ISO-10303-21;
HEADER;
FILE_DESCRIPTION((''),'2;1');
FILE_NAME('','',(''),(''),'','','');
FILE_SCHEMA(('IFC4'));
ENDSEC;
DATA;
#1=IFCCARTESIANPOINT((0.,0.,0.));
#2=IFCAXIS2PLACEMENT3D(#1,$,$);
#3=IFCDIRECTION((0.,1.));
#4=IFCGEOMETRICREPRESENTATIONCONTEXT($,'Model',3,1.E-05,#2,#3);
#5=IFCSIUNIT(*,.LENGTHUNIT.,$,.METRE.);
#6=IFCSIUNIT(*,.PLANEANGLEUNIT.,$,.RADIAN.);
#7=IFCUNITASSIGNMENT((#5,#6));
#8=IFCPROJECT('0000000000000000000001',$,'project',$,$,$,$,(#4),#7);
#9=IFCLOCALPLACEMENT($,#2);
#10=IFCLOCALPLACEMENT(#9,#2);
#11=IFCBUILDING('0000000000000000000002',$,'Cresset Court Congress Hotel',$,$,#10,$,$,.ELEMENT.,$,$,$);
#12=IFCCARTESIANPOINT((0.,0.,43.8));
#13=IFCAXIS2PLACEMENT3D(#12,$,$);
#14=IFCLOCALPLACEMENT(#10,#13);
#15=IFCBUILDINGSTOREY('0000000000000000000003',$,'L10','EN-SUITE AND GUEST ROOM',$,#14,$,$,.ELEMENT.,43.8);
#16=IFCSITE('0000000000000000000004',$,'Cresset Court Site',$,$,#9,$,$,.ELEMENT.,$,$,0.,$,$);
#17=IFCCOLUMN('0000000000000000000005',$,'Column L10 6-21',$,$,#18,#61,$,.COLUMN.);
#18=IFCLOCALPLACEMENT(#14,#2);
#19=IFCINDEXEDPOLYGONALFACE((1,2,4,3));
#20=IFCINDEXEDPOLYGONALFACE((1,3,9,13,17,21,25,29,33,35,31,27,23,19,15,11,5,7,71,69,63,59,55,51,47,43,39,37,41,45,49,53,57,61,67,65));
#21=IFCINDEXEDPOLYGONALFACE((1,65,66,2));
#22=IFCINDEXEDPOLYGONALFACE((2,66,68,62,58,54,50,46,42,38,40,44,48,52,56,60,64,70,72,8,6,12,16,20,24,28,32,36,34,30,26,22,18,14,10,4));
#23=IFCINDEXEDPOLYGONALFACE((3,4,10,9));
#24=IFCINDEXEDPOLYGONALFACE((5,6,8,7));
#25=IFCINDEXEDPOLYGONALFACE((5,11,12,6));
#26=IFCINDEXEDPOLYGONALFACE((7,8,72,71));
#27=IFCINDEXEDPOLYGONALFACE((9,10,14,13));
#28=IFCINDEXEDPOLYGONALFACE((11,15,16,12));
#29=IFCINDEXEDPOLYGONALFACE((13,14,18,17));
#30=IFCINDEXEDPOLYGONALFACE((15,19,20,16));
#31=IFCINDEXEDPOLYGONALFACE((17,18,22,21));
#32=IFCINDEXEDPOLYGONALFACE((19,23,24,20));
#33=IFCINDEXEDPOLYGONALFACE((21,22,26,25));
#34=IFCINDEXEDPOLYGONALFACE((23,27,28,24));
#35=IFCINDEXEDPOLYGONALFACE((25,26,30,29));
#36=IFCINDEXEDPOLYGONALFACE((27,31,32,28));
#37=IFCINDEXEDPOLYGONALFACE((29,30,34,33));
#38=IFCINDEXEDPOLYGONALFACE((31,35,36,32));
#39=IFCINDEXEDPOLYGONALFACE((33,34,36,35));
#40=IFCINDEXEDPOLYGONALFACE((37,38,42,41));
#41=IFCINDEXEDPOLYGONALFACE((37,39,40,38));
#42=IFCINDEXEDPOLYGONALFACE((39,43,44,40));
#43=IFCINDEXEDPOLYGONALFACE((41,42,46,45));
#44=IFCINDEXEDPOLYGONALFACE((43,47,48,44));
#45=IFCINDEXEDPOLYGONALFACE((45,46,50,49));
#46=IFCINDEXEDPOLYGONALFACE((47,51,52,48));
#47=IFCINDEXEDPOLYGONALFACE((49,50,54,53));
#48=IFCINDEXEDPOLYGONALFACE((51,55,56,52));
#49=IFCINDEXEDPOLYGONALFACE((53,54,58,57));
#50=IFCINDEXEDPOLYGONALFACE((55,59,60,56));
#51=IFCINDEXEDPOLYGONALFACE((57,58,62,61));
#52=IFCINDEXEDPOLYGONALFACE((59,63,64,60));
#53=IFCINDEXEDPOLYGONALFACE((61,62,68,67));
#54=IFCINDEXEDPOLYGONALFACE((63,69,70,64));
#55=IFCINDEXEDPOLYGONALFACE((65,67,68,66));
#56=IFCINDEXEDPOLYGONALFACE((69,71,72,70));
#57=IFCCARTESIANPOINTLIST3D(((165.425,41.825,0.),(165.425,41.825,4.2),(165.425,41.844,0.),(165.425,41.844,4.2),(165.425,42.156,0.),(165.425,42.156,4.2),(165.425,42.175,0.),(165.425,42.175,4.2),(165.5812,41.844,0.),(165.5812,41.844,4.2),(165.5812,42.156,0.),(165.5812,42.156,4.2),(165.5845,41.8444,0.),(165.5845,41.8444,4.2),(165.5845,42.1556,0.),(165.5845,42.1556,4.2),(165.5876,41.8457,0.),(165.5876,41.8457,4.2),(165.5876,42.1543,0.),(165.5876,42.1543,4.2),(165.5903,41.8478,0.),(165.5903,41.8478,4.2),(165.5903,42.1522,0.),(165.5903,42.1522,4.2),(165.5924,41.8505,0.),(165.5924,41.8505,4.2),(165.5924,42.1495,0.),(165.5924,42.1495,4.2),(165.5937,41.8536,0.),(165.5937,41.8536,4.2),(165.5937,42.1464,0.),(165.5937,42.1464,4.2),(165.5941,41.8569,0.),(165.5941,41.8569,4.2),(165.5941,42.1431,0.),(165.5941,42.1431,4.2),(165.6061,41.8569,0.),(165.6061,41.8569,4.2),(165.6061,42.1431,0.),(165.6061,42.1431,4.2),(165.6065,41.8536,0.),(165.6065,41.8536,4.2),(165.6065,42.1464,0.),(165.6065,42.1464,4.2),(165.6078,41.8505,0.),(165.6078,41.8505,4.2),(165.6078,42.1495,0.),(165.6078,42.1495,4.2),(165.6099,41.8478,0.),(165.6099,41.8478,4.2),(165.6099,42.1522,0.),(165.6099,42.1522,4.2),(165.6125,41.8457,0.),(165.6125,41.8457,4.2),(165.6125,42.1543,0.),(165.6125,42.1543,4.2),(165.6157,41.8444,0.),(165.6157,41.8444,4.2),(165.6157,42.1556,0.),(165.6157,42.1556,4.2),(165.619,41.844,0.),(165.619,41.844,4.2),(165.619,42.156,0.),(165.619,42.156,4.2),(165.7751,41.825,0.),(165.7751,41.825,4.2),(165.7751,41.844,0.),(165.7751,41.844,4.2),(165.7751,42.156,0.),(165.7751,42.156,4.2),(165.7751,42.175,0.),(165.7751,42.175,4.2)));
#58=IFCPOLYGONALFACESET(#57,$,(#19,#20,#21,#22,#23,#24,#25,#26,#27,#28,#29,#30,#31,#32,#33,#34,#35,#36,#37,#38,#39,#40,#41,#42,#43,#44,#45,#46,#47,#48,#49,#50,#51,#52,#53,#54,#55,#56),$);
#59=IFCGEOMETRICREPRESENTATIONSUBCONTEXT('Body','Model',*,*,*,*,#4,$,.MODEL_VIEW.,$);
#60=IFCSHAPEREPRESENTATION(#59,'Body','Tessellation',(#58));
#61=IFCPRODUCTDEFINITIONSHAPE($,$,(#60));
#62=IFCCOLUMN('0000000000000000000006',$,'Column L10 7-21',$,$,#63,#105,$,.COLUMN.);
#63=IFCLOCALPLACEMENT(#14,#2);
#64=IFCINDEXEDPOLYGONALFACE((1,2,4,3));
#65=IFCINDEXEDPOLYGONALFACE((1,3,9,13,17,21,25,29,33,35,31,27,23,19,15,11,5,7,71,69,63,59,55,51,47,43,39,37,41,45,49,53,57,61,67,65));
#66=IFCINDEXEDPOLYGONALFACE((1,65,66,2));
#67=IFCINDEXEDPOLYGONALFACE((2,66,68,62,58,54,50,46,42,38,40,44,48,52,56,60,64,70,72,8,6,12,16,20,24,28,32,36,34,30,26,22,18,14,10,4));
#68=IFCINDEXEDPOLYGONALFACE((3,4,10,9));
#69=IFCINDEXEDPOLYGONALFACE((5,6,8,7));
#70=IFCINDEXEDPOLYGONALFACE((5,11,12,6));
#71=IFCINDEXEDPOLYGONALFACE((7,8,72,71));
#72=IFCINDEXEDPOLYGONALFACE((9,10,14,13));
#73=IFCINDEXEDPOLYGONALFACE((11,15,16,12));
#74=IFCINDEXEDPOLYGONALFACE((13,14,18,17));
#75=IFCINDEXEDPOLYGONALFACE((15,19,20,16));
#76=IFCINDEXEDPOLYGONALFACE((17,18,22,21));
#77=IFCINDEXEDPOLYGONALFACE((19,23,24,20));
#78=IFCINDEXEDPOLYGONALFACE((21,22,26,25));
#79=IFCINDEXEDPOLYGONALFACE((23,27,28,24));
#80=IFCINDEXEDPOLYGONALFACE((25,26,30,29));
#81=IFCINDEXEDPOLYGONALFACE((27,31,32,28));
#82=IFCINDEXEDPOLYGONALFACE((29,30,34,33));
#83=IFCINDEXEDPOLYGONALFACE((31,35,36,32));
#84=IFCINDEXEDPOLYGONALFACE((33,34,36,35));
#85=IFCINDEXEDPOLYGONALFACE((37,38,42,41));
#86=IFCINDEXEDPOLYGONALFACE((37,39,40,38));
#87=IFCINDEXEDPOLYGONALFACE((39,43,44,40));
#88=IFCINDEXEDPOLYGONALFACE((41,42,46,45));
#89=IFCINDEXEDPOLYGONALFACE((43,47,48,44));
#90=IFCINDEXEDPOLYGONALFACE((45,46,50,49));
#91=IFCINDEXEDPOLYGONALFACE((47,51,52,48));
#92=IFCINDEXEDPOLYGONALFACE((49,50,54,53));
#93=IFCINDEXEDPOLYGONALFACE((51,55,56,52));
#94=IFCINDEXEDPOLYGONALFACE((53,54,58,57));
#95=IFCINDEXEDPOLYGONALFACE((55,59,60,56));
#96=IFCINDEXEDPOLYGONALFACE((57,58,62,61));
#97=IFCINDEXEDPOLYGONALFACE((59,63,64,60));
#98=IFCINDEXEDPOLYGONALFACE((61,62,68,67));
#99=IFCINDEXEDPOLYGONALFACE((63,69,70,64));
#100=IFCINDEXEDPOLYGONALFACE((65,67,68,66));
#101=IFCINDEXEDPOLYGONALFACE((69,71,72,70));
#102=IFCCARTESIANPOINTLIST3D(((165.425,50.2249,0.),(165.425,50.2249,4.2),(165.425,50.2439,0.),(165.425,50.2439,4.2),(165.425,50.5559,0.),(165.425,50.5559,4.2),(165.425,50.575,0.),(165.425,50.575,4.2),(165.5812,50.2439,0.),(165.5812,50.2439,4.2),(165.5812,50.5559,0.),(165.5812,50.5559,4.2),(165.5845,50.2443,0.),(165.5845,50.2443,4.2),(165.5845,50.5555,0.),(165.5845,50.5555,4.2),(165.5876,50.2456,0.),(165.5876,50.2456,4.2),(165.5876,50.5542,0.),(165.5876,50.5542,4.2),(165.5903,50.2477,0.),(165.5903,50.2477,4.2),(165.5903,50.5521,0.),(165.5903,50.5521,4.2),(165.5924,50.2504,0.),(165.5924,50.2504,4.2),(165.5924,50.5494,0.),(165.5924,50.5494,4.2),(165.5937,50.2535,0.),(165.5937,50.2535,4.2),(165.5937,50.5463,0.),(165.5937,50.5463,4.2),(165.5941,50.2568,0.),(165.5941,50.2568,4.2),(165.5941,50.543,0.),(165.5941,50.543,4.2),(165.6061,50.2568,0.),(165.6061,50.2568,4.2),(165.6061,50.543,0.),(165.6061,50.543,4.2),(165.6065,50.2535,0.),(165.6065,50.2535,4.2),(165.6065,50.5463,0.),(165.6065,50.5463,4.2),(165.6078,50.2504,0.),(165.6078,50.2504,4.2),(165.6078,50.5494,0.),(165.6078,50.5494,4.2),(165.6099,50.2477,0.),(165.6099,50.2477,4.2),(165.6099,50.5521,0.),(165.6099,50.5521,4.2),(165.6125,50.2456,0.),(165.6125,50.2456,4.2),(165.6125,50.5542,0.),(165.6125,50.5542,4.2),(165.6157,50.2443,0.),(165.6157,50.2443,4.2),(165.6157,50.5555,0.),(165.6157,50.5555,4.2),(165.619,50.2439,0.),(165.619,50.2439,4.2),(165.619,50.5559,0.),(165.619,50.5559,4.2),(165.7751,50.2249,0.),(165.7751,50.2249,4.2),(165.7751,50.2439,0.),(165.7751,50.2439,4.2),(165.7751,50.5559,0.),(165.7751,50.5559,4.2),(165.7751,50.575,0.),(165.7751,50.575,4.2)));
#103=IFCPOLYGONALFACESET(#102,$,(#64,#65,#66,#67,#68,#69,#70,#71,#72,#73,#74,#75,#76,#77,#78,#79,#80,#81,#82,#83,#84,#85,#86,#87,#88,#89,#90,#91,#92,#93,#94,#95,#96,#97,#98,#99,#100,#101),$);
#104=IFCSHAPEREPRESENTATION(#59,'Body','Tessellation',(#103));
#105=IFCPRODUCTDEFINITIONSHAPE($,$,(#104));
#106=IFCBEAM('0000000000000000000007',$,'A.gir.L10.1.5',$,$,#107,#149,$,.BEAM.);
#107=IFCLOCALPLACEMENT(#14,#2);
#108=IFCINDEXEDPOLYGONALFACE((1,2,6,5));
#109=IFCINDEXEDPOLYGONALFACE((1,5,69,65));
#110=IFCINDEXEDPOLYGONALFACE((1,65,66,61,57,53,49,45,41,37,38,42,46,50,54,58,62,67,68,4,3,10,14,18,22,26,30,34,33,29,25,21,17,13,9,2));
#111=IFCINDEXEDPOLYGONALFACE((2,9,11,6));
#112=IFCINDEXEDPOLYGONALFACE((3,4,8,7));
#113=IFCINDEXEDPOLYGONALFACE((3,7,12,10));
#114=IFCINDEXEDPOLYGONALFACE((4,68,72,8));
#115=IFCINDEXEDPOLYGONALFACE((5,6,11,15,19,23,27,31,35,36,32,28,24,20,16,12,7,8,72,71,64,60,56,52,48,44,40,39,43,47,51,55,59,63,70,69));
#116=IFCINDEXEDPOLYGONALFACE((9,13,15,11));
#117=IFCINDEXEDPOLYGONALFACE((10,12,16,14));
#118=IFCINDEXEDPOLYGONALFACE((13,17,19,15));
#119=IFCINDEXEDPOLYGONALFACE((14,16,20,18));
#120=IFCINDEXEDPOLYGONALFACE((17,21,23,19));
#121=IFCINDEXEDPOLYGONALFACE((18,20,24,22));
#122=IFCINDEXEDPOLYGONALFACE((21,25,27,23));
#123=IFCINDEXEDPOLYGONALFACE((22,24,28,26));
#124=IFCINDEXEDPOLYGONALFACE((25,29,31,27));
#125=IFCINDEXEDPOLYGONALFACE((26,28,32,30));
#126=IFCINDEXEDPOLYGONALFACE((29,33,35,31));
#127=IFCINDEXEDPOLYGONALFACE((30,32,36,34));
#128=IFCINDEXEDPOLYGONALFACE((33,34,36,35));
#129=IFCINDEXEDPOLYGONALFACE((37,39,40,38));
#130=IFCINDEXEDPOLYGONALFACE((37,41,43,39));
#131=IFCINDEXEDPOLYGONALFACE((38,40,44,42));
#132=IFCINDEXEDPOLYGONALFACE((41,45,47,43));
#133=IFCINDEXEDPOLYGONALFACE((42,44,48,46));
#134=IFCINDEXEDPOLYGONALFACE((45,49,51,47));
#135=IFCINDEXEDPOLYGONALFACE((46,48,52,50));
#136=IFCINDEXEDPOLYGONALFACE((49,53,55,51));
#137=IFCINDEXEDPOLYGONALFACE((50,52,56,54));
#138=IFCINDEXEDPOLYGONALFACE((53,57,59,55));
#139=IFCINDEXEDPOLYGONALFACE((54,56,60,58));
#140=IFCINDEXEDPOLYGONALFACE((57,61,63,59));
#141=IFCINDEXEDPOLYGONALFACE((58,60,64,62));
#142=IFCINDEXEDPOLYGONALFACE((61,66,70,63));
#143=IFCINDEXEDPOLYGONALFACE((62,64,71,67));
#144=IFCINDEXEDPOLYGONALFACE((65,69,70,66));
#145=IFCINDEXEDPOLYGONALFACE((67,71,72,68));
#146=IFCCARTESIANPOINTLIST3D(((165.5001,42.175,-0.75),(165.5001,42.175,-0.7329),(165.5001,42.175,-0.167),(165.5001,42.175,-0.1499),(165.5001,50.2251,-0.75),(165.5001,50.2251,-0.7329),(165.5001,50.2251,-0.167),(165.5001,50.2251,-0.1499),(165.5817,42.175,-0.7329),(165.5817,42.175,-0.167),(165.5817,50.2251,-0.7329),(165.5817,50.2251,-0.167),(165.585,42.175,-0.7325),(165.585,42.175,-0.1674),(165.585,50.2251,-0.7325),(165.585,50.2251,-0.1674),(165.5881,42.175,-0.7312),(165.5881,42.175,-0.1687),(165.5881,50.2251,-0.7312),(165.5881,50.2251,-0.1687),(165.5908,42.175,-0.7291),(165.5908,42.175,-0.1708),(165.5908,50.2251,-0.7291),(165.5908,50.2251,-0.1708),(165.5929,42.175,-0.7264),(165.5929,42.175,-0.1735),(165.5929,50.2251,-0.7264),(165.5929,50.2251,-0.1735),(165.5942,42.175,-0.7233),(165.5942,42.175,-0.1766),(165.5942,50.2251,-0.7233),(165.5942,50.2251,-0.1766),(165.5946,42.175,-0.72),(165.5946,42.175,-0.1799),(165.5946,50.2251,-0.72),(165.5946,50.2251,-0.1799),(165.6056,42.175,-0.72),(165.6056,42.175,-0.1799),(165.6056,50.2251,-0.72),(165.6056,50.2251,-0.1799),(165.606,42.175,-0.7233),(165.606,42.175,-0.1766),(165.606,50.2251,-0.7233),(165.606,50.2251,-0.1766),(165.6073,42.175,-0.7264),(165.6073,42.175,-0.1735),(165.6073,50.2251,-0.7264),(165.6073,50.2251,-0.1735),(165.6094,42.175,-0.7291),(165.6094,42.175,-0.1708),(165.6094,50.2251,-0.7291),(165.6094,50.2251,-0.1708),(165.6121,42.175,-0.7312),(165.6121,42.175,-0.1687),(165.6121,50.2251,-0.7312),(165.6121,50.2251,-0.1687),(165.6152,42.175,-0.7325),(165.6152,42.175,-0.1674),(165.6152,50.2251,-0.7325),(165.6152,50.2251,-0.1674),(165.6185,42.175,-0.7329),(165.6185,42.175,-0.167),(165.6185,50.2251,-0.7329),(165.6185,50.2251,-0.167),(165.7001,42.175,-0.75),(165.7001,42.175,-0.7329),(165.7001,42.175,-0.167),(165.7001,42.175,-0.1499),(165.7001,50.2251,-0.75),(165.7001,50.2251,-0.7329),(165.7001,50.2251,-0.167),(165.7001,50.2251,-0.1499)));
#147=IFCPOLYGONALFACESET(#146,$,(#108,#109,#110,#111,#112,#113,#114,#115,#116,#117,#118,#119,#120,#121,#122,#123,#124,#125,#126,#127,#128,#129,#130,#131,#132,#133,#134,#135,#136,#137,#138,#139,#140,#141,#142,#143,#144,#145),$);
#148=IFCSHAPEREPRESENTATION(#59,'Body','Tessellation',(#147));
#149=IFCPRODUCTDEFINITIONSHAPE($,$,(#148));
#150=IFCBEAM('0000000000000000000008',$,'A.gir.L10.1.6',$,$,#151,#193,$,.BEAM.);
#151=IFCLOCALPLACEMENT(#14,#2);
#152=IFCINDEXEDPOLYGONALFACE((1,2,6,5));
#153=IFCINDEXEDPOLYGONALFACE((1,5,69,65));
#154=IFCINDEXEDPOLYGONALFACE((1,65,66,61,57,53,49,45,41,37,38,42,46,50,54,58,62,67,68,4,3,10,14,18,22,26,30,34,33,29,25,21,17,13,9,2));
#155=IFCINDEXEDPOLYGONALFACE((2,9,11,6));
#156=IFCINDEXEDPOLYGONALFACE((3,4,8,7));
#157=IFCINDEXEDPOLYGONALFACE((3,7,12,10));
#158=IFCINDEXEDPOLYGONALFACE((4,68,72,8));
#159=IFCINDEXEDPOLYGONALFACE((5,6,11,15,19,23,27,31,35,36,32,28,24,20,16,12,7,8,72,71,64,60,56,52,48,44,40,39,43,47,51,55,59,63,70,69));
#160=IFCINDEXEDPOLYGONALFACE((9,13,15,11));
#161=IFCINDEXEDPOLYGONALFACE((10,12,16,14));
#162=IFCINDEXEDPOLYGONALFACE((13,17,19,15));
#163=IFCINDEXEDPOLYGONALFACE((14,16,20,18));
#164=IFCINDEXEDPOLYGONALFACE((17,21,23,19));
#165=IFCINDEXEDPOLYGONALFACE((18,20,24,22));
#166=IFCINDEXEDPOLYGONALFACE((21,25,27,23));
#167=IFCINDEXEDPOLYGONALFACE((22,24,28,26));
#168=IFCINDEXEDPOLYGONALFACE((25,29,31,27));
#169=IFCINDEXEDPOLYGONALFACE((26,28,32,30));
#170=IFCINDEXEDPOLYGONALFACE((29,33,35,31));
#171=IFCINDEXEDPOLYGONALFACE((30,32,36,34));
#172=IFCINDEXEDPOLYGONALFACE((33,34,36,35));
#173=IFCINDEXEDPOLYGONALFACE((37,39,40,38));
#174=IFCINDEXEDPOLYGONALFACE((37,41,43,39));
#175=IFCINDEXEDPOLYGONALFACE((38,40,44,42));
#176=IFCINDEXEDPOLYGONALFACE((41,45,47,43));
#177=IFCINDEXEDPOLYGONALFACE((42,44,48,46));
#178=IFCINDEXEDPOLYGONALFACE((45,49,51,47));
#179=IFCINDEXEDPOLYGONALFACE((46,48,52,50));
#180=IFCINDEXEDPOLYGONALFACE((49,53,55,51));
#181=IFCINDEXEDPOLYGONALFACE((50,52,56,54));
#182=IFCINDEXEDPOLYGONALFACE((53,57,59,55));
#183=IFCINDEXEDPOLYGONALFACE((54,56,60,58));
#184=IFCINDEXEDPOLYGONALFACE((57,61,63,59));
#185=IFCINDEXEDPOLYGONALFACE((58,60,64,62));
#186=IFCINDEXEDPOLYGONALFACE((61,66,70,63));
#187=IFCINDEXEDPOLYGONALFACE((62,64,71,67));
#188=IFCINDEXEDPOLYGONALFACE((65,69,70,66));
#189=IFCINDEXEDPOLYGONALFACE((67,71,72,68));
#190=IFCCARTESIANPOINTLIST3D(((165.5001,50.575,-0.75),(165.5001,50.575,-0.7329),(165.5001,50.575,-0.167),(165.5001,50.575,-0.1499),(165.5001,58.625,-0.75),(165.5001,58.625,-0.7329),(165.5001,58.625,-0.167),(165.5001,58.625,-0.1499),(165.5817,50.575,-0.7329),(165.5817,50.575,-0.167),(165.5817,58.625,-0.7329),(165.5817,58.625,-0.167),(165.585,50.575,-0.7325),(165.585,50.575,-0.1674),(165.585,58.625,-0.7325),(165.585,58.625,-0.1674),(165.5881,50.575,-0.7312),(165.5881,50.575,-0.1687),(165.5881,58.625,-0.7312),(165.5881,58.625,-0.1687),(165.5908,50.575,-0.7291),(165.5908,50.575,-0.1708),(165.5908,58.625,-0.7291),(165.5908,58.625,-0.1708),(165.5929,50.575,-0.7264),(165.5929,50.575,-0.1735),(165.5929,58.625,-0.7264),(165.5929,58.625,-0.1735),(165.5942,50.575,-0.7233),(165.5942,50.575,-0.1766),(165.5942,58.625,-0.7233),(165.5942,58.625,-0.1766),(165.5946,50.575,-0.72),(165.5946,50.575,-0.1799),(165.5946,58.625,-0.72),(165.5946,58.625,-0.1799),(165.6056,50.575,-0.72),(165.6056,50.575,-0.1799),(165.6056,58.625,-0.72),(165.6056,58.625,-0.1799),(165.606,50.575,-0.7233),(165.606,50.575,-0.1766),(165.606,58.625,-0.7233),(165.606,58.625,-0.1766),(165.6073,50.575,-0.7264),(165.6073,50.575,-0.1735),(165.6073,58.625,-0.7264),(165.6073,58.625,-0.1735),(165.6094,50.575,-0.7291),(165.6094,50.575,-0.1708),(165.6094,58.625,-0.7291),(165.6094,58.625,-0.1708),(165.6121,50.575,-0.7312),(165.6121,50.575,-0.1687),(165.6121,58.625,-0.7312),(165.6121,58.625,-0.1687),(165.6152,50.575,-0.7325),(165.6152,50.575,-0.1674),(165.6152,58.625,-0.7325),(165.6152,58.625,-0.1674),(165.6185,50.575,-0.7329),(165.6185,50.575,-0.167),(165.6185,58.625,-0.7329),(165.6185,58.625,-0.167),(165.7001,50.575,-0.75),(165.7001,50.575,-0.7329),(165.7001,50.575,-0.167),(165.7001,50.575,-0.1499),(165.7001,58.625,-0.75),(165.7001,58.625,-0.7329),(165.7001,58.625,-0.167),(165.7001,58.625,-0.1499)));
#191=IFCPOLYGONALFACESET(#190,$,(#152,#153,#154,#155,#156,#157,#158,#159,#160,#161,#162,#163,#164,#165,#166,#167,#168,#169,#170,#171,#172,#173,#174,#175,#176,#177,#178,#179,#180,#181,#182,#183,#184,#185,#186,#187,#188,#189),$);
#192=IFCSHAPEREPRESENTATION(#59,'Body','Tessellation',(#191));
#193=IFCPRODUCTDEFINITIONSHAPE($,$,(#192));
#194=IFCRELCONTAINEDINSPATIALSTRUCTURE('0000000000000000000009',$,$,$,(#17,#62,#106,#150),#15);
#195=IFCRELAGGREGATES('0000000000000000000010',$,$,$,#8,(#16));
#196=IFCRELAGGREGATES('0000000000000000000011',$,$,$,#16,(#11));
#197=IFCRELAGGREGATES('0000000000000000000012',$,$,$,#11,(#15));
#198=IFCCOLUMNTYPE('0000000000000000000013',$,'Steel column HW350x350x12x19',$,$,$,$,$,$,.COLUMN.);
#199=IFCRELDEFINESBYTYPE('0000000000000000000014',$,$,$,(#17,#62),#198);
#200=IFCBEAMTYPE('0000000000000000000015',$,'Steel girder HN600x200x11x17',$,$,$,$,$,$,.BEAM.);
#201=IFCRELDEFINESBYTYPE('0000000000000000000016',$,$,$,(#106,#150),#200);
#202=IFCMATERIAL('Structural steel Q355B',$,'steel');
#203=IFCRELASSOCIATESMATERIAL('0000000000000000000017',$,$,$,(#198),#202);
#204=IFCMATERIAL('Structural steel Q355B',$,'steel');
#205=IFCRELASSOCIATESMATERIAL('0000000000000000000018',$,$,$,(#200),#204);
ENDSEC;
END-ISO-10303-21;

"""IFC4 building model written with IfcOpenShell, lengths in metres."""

from ifc_helpers import new_model, si_unit, direction, frame, origin, origin_2d, place, context, subcontext, project, spatial, i_section, extrude, material, material_profile, profile_set, type_object, element, save


model = new_model("IFC4")

# Units and contexts
model_context = context("Model", 3, precision=1e-05, world=origin(), true_north=direction((0.0, 1.0)))
body_context = subcontext(model_context, "Body", "Model", "MODEL_VIEW")
ifc_project = project(units=[si_unit("LENGTHUNIT", "METRE"), si_unit("PLANEANGLEUNIT", "RADIAN")], contexts=[model_context])

# Site, building, storey
site_placement = place(None, origin())
site = spatial("IfcSite", under=ifc_project, at=site_placement, Name="Cresset Court Site", CompositionType="ELEMENT", RefElevation=0.0)
building_placement = place(site_placement, origin())
building = spatial("IfcBuilding", under=site, at=building_placement, Name="Cresset Court Congress Hotel", CompositionType="ELEMENT")
storey_placement = place(building_placement, frame((0.0, 0.0, 43.8)))
storey = spatial("IfcBuildingStorey", under=building, at=storey_placement, Name="L10", Description="EN-SUITE AND GUEST ROOM", CompositionType="ELEMENT", Elevation=43.8)

# Columns
ifc_material_1 = material(Name="Structural steel Q355B", Category="steel")
ifc_material_profile_1 = material_profile(ifc_material_1, i_section(OverallWidth=0.3501, OverallDepth=0.3501, WebThickness=0.012, FlangeThickness=0.019, FilletRadius=0.0129, at=origin_2d()), Name="HW350x350x12x19")
ifc_profile_set_1 = profile_set([ifc_material_profile_1], Name="Structural steel Q355B")
column_type = type_object("IfcColumnType", Name="Steel column HW350x350x12x19", PredefinedType="COLUMN", material=ifc_profile_set_1)
for number, where, z_axis, x_axis, name in (
    (1, (165.6001, 42.0, 0.0), (0.0, 0.0, 1.0), (1.0, 0.0, 0.0), "Column L10 6-21"),
    (2, (165.6001, 50.3999, 0.0), (0.0, 0.0, 1.0), (1.0, 0.0, 0.0), "Column L10 7-21"),
):
    element("IfcColumn", number, at=place(storey_placement, frame(where, z_axis=z_axis, x_axis=x_axis)), inside=storey, type_object=column_type, Name=name, PredefinedType="COLUMN", context=body_context, shape_type="SweptSolid", body=[
        extrude(i_section(OverallWidth=0.3501, OverallDepth=0.3501, WebThickness=0.012, FlangeThickness=0.019, FilletRadius=0.0129, at=origin_2d()), origin(), (0.0, 0.0, 1.0), 4.2),
    ])

# Beams
ifc_material_2 = material(Name="Structural steel Q355B", Category="steel")
ifc_material_profile_2 = material_profile(ifc_material_2, i_section(OverallWidth=0.2, OverallDepth=0.6001, WebThickness=0.011, FlangeThickness=0.0171, FilletRadius=0.0129, at=origin_2d()), Name="HN600x200x11x17")
ifc_profile_set_2 = profile_set([ifc_material_profile_2], Name="Structural steel Q355B")
beam_type = type_object("IfcBeamType", Name="Steel girder HN600x200x11x17", PredefinedType="BEAM", material=ifc_profile_set_2)
for number, where, z_axis, x_axis, name in (
    (3, (165.6001, 42.175, -0.45), (0.0, 1.0, 0.0), (-1.0, 0.0, 0.0), "A.gir.L10.1.5"),
    (4, (165.6001, 50.575, -0.45), (0.0, 1.0, 0.0), (-1.0, 0.0, 0.0), "A.gir.L10.1.6"),
):
    element("IfcBeam", number, at=place(storey_placement, frame(where, z_axis=z_axis, x_axis=x_axis)), inside=storey, type_object=beam_type, Name=name, PredefinedType="BEAM", context=body_context, shape_type="SweptSolid", body=[
        extrude(i_section(OverallWidth=0.2, OverallDepth=0.6001, WebThickness=0.011, FlangeThickness=0.0171, FilletRadius=0.0129, at=origin_2d()), origin(), (0.0, 0.0, 1.0), 8.05),
    ])

save(model, "model.ifc")
